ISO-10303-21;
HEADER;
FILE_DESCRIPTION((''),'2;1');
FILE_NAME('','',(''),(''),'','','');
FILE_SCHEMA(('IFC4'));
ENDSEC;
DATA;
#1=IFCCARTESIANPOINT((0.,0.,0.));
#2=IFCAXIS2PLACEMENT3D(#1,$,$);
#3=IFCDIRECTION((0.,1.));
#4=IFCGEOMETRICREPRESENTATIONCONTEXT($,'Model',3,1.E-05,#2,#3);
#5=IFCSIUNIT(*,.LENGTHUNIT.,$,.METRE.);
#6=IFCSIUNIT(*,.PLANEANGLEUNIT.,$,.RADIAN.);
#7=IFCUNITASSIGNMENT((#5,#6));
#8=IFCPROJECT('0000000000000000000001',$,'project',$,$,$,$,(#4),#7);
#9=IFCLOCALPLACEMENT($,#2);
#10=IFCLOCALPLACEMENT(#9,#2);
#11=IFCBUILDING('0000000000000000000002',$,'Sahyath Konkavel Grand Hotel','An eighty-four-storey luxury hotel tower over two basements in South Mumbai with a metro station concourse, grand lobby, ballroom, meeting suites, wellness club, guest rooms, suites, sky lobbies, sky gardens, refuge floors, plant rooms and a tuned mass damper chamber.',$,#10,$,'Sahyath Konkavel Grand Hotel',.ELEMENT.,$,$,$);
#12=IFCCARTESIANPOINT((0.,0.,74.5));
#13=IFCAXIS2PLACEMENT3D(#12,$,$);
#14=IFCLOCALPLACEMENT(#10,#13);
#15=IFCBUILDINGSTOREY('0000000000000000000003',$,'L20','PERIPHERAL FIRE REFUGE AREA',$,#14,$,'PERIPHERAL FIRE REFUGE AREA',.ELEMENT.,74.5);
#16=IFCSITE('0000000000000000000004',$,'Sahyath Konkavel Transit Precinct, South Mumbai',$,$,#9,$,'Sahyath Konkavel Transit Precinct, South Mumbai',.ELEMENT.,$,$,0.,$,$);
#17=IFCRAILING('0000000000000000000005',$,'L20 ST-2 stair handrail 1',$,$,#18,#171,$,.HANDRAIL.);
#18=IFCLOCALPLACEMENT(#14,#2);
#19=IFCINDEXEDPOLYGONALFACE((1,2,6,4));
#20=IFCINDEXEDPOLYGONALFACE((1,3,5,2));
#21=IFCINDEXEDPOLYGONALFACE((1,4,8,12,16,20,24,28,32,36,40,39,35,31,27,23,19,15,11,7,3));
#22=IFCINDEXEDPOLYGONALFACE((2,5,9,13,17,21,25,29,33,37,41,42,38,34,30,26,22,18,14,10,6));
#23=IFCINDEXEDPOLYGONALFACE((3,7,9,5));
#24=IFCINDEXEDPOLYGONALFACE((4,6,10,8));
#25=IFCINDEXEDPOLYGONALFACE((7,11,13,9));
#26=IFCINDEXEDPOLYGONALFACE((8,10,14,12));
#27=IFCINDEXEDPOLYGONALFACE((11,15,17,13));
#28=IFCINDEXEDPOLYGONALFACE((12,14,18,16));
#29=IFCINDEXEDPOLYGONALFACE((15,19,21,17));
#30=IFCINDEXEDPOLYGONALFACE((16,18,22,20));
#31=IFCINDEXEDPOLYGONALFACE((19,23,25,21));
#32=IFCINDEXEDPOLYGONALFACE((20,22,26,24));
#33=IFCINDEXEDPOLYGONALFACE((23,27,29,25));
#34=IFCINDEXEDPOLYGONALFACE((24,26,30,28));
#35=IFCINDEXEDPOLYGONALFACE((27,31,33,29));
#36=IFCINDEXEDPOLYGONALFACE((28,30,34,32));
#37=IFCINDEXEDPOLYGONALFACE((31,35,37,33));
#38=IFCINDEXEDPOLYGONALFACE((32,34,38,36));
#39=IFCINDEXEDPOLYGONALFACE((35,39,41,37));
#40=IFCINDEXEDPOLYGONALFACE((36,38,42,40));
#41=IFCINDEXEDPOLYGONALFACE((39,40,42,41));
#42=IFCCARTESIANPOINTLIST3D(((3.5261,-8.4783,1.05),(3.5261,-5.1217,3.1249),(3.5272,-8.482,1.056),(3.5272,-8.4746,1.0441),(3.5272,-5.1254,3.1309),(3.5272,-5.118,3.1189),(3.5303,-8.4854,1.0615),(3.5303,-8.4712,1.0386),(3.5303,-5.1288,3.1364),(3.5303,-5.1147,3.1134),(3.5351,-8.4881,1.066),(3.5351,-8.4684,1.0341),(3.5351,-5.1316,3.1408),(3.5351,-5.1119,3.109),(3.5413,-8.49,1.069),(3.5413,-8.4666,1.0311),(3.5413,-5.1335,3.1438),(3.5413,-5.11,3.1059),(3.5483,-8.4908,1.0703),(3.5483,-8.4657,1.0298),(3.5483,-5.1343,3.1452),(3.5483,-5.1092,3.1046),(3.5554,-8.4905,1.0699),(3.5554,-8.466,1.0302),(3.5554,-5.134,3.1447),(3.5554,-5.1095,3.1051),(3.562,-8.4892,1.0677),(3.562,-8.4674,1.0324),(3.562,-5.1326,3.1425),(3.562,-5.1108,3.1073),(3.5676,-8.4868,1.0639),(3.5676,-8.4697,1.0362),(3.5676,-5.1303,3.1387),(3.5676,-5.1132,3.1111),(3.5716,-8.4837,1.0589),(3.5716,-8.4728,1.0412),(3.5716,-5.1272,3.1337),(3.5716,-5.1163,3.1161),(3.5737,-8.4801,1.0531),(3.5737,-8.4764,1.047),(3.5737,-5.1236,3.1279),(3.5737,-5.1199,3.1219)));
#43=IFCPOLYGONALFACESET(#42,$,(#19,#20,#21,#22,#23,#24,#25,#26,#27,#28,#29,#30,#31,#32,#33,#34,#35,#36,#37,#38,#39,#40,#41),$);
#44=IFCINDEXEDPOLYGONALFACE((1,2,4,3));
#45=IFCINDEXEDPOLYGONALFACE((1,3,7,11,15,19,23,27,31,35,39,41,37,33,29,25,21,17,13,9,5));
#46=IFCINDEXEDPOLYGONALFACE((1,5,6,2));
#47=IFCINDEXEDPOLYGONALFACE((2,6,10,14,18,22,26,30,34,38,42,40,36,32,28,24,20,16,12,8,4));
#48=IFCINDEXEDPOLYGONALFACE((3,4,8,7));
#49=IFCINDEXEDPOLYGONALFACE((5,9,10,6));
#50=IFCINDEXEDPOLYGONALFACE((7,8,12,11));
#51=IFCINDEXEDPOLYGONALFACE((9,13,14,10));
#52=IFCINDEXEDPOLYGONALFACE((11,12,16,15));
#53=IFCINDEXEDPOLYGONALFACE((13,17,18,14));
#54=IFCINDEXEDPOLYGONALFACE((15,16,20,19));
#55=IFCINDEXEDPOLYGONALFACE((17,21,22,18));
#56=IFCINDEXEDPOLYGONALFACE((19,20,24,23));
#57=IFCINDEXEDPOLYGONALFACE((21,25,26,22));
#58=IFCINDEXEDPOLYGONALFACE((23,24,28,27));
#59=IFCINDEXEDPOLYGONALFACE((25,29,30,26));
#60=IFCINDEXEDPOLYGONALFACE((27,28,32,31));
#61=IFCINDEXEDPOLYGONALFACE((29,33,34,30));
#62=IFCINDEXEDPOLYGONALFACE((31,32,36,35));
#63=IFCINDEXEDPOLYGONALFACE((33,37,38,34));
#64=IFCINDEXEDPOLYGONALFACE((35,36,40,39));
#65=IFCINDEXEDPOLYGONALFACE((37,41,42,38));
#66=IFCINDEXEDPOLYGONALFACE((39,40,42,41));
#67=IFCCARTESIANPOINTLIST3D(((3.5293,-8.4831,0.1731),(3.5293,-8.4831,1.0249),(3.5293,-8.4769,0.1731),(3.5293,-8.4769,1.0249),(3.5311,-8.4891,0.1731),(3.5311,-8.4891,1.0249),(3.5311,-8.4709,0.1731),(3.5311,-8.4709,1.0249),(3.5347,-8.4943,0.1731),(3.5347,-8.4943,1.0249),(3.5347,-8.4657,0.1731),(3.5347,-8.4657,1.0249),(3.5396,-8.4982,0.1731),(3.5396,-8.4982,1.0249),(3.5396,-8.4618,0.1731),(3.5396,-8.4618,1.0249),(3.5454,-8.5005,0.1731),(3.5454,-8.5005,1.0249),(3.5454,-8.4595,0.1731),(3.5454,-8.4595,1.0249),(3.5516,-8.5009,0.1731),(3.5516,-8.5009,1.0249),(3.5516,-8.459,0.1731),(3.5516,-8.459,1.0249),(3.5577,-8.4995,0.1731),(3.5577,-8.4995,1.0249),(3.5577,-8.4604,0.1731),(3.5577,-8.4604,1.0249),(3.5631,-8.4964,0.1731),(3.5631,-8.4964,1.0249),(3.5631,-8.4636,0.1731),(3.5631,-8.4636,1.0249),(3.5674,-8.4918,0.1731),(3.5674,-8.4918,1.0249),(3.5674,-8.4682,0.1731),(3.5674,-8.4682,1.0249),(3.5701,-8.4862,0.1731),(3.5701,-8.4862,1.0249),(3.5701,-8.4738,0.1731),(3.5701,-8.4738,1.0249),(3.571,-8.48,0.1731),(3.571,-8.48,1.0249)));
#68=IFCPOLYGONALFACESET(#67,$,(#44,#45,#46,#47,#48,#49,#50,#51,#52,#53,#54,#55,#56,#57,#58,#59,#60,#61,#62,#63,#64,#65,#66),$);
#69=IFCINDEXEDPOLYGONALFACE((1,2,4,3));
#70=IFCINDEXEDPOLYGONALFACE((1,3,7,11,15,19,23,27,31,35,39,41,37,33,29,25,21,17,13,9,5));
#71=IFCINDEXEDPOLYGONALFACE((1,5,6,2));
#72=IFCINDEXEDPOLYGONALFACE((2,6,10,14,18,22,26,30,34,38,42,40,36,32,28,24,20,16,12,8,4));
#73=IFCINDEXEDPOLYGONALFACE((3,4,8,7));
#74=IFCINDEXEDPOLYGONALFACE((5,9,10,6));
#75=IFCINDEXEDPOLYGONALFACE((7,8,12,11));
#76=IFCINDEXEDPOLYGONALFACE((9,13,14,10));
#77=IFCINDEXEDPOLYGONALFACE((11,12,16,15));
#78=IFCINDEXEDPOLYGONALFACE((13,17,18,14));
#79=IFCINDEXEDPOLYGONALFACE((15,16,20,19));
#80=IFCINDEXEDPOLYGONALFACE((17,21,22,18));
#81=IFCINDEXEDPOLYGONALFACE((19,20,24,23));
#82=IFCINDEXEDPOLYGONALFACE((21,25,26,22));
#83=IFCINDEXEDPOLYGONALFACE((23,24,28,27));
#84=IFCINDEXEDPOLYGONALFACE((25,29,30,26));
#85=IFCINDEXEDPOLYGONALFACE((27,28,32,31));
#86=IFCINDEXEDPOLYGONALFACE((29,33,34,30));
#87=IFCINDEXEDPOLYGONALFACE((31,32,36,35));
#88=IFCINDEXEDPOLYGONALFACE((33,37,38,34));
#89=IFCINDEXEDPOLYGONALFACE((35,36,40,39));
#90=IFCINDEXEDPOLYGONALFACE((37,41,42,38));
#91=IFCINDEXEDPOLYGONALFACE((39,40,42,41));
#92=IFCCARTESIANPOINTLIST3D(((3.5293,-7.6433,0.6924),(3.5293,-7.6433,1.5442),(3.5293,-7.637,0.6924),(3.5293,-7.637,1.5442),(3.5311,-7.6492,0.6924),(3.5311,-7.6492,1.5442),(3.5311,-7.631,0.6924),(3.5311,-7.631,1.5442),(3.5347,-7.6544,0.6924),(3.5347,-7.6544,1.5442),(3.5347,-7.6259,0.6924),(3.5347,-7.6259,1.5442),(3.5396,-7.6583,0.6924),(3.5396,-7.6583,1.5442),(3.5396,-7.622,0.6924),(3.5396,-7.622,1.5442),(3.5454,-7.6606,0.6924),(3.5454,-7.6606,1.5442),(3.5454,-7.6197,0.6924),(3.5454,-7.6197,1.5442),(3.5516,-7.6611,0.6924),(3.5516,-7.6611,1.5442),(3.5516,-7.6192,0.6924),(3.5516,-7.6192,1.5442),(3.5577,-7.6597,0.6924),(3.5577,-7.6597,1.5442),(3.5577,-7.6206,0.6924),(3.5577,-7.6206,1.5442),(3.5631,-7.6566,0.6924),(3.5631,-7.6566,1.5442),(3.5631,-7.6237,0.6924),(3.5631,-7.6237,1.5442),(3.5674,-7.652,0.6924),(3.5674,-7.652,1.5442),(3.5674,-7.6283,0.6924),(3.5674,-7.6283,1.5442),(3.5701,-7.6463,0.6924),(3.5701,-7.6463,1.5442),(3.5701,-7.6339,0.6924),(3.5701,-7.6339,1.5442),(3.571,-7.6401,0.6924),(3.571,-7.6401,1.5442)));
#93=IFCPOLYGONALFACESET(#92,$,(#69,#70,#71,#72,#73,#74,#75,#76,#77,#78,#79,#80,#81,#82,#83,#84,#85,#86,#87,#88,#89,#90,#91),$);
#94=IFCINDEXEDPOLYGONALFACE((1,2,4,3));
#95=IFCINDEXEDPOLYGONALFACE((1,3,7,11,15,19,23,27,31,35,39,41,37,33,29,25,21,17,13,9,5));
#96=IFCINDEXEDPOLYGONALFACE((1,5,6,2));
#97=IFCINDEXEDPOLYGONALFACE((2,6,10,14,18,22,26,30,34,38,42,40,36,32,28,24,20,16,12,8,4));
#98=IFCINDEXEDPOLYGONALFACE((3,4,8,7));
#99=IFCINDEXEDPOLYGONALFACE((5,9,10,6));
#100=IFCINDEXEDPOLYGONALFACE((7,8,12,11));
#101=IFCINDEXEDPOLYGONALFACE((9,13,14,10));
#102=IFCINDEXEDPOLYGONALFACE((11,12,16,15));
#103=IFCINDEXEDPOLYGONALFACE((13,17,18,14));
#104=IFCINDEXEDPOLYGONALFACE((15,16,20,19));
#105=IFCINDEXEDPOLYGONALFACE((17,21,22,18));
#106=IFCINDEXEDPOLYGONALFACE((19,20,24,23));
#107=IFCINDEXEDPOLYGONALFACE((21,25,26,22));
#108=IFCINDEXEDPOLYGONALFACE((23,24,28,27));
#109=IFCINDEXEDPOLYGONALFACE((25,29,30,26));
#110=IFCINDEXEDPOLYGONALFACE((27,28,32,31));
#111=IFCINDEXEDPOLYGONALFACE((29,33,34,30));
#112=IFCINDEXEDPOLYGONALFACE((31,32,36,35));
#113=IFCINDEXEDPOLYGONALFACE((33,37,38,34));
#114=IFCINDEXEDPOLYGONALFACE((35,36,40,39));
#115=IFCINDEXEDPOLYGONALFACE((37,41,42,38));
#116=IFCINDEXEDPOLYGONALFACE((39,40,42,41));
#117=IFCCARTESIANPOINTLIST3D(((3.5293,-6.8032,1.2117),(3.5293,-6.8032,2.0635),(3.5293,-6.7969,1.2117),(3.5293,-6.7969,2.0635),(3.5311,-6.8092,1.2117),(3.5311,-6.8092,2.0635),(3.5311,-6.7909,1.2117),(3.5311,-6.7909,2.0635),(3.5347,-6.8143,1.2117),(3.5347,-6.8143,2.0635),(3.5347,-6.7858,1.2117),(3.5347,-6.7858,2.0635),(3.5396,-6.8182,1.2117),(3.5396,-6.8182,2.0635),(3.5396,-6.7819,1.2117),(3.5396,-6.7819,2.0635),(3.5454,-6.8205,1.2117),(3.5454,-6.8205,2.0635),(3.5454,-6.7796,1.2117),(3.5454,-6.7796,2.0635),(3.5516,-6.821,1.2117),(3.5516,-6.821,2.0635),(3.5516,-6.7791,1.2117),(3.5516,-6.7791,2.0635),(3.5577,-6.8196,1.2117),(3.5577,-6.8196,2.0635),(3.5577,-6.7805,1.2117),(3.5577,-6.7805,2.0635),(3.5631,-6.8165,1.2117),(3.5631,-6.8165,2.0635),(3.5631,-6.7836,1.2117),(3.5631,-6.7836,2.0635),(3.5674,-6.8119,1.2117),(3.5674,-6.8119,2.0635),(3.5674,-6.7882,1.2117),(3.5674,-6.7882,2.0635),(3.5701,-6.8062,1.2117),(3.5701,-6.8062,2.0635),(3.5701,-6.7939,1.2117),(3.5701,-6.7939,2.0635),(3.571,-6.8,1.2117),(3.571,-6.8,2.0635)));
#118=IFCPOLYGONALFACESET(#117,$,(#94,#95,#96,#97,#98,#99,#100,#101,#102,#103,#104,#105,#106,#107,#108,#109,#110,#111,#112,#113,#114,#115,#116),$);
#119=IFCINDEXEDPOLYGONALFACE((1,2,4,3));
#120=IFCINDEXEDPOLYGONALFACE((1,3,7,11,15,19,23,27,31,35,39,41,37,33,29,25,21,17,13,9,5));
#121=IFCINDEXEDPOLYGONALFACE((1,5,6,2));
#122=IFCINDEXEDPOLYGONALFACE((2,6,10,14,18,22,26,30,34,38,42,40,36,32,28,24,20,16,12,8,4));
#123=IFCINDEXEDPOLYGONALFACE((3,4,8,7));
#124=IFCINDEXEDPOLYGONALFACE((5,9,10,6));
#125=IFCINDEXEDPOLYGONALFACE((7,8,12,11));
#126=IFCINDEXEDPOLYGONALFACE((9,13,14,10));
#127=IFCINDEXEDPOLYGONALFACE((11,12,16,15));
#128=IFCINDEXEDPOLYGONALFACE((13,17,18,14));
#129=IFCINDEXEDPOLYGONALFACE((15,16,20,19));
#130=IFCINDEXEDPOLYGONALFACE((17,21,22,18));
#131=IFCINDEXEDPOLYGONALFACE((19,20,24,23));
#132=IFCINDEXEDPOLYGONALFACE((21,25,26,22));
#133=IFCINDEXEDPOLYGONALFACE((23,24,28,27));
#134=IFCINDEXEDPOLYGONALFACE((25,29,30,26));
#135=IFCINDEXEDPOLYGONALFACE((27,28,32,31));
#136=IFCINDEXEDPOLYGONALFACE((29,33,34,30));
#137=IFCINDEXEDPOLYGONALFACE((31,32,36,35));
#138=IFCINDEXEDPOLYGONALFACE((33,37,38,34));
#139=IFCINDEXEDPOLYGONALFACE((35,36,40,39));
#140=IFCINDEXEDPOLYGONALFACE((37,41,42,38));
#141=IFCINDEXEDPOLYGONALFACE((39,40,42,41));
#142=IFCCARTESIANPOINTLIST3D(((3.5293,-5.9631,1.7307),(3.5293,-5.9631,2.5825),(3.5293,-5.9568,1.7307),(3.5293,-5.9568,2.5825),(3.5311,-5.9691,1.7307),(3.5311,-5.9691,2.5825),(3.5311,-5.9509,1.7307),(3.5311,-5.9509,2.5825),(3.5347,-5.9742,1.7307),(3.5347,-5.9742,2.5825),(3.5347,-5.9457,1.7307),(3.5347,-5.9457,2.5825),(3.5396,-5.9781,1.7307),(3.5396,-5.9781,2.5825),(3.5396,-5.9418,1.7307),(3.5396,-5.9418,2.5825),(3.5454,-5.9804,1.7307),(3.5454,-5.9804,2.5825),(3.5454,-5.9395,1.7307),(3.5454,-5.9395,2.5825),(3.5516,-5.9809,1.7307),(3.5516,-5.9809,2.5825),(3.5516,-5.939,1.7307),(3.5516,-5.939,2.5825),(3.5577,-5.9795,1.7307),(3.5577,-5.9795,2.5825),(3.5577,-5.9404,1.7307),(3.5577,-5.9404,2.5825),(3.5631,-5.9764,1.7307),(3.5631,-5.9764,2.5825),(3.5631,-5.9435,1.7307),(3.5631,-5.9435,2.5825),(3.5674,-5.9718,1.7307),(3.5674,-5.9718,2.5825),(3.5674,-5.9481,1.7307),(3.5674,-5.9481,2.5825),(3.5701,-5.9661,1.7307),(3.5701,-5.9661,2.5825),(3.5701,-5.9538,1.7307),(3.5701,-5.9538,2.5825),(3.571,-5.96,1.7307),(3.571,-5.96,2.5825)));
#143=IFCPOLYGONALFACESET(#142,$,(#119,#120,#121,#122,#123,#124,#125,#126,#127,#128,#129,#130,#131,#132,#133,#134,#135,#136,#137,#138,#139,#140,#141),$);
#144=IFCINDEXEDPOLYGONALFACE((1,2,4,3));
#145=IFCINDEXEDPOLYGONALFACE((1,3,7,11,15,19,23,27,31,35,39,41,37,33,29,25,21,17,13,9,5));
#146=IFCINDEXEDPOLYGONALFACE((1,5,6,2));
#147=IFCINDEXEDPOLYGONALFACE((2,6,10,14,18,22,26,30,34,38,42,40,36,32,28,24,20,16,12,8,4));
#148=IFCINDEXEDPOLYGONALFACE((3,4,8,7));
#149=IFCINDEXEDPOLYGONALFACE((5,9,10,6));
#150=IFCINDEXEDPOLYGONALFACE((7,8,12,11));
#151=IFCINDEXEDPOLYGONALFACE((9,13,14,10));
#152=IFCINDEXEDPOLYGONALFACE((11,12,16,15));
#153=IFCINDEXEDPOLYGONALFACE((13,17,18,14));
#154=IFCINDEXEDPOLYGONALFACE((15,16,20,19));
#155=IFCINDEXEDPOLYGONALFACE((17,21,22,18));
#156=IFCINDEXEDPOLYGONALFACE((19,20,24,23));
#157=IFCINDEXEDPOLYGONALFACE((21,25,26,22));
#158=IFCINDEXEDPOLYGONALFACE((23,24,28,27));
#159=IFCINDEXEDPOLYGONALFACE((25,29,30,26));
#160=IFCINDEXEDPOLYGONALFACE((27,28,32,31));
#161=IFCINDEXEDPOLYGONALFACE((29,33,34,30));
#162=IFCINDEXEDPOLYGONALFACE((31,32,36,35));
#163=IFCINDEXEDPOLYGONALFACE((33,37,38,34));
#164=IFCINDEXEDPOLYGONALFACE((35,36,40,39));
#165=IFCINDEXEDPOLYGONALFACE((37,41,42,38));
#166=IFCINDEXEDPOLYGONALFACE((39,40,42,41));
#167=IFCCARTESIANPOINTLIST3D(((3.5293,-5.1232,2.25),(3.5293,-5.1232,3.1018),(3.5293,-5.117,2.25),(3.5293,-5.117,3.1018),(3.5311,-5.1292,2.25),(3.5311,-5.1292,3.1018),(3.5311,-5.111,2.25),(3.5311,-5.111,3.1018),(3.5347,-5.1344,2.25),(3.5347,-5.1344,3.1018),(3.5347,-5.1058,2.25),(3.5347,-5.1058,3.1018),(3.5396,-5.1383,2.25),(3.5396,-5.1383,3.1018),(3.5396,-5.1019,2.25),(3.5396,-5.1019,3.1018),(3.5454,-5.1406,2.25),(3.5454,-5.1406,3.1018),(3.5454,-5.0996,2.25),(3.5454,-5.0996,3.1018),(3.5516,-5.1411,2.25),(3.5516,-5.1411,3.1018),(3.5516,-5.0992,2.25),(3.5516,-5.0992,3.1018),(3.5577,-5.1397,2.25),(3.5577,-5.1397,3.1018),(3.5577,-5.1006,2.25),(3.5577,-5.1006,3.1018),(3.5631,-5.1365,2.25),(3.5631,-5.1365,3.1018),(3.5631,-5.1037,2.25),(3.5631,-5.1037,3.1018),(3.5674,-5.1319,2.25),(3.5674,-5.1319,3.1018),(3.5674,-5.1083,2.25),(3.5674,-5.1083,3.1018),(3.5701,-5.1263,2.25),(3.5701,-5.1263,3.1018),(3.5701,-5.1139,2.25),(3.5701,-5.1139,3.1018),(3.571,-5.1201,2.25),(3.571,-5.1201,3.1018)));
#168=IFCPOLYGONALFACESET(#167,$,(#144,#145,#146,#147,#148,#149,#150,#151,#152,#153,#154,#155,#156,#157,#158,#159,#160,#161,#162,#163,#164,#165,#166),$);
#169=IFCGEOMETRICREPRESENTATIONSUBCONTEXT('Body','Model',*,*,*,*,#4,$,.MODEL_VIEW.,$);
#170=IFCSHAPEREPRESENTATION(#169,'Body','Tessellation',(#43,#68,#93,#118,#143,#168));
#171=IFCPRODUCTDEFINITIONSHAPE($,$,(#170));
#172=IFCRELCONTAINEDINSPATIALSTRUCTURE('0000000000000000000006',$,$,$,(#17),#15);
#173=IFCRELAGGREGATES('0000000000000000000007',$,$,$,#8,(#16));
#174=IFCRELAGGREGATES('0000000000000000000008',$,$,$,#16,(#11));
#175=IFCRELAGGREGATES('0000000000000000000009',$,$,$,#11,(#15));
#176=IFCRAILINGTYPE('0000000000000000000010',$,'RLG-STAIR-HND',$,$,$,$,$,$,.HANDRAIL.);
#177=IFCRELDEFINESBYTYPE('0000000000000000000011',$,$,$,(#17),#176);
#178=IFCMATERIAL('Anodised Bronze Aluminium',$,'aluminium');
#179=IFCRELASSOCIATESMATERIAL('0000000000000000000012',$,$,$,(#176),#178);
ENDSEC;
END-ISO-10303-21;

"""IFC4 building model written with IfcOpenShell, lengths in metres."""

from ifc_helpers import new_model, si_unit, direction, frame, origin, origin_2d, place, context, subcontext, project, spatial, circle, extrude, material, type_object, element, save


model = new_model("IFC4")

# Units and contexts
model_context = context("Model", 3, precision=1e-05, world=origin(), true_north=direction((0.0, 1.0)))
body_context = subcontext(model_context, "Body", "Model", "MODEL_VIEW")
ifc_project = project(units=[si_unit("LENGTHUNIT", "METRE"), si_unit("PLANEANGLEUNIT", "RADIAN")], contexts=[model_context])

# Site, building, storey
site_placement = place(None, origin())
site = spatial("IfcSite", under=ifc_project, at=site_placement, Name="Sahyath Konkavel Transit Precinct, South Mumbai", LongName="Sahyath Konkavel Transit Precinct, South Mumbai", CompositionType="ELEMENT", RefElevation=0.0)
building_placement = place(site_placement, origin())
building = spatial("IfcBuilding", under=site, at=building_placement, Name="Sahyath Konkavel Grand Hotel", Description="An eighty-four-storey luxury hotel tower over two basements in South Mumbai with a metro station concourse, grand lobby, ballroom, meeting suites, wellness club, guest rooms, suites, sky lobbies, sky gardens, refuge floors, plant rooms and a tuned mass damper chamber.", LongName="Sahyath Konkavel Grand Hotel", CompositionType="ELEMENT")
storey_placement = place(building_placement, frame((0.0, 0.0, 74.5)))
storey = spatial("IfcBuildingStorey", under=building, at=storey_placement, Name="L20", Description="PERIPHERAL FIRE REFUGE AREA", LongName="PERIPHERAL FIRE REFUGE AREA", CompositionType="ELEMENT", Elevation=74.5)

# Railing
ifc_material_1 = material(Name="Anodised Bronze Aluminium", Category="aluminium")
railing_type_1 = type_object("IfcRailingType", Name="RLG-STAIR-HND", PredefinedType="HANDRAIL", material=ifc_material_1)
railing_1_placement = place(storey_placement, frame((3.55, -8.48, 0.1731)))
element("IfcRailing", 1, at=railing_1_placement, inside=storey, type_object=railing_type_1, Name="L20 ST-2 stair handrail 1", PredefinedType="HANDRAIL", context=body_context, shape_type="SweptSolid", body=[
    extrude(circle(Radius=0.0239, at=origin_2d()), frame((0.0, 0.0017, 0.877), z_axis=(0.0, 0.850606, 0.525803), x_axis=(-1.0, 0.0, 0.0)), (0.0, 0.0, 1.0), 3.946),
    extrude(circle(Radius=0.021, at=origin_2d()), origin(), (0.0, 0.0, 1.0), 0.8518),
    extrude(circle(Radius=0.021, at=origin_2d()), frame((0.0, 0.8398, 0.5193)), (0.0, 0.0, 1.0), 0.8518),
    extrude(circle(Radius=0.021, at=origin_2d()), frame((0.0, 1.6799, 1.0386)), (0.0, 0.0, 1.0), 0.8518),
    extrude(circle(Radius=0.021, at=origin_2d()), frame((0.0, 2.52, 1.5576)), (0.0, 0.0, 1.0), 0.8518),
    extrude(circle(Radius=0.021, at=origin_2d()), frame((0.0, 3.3599, 2.0769)), (0.0, 0.0, 1.0), 0.8518),
])

save(model, "model.ifc")
